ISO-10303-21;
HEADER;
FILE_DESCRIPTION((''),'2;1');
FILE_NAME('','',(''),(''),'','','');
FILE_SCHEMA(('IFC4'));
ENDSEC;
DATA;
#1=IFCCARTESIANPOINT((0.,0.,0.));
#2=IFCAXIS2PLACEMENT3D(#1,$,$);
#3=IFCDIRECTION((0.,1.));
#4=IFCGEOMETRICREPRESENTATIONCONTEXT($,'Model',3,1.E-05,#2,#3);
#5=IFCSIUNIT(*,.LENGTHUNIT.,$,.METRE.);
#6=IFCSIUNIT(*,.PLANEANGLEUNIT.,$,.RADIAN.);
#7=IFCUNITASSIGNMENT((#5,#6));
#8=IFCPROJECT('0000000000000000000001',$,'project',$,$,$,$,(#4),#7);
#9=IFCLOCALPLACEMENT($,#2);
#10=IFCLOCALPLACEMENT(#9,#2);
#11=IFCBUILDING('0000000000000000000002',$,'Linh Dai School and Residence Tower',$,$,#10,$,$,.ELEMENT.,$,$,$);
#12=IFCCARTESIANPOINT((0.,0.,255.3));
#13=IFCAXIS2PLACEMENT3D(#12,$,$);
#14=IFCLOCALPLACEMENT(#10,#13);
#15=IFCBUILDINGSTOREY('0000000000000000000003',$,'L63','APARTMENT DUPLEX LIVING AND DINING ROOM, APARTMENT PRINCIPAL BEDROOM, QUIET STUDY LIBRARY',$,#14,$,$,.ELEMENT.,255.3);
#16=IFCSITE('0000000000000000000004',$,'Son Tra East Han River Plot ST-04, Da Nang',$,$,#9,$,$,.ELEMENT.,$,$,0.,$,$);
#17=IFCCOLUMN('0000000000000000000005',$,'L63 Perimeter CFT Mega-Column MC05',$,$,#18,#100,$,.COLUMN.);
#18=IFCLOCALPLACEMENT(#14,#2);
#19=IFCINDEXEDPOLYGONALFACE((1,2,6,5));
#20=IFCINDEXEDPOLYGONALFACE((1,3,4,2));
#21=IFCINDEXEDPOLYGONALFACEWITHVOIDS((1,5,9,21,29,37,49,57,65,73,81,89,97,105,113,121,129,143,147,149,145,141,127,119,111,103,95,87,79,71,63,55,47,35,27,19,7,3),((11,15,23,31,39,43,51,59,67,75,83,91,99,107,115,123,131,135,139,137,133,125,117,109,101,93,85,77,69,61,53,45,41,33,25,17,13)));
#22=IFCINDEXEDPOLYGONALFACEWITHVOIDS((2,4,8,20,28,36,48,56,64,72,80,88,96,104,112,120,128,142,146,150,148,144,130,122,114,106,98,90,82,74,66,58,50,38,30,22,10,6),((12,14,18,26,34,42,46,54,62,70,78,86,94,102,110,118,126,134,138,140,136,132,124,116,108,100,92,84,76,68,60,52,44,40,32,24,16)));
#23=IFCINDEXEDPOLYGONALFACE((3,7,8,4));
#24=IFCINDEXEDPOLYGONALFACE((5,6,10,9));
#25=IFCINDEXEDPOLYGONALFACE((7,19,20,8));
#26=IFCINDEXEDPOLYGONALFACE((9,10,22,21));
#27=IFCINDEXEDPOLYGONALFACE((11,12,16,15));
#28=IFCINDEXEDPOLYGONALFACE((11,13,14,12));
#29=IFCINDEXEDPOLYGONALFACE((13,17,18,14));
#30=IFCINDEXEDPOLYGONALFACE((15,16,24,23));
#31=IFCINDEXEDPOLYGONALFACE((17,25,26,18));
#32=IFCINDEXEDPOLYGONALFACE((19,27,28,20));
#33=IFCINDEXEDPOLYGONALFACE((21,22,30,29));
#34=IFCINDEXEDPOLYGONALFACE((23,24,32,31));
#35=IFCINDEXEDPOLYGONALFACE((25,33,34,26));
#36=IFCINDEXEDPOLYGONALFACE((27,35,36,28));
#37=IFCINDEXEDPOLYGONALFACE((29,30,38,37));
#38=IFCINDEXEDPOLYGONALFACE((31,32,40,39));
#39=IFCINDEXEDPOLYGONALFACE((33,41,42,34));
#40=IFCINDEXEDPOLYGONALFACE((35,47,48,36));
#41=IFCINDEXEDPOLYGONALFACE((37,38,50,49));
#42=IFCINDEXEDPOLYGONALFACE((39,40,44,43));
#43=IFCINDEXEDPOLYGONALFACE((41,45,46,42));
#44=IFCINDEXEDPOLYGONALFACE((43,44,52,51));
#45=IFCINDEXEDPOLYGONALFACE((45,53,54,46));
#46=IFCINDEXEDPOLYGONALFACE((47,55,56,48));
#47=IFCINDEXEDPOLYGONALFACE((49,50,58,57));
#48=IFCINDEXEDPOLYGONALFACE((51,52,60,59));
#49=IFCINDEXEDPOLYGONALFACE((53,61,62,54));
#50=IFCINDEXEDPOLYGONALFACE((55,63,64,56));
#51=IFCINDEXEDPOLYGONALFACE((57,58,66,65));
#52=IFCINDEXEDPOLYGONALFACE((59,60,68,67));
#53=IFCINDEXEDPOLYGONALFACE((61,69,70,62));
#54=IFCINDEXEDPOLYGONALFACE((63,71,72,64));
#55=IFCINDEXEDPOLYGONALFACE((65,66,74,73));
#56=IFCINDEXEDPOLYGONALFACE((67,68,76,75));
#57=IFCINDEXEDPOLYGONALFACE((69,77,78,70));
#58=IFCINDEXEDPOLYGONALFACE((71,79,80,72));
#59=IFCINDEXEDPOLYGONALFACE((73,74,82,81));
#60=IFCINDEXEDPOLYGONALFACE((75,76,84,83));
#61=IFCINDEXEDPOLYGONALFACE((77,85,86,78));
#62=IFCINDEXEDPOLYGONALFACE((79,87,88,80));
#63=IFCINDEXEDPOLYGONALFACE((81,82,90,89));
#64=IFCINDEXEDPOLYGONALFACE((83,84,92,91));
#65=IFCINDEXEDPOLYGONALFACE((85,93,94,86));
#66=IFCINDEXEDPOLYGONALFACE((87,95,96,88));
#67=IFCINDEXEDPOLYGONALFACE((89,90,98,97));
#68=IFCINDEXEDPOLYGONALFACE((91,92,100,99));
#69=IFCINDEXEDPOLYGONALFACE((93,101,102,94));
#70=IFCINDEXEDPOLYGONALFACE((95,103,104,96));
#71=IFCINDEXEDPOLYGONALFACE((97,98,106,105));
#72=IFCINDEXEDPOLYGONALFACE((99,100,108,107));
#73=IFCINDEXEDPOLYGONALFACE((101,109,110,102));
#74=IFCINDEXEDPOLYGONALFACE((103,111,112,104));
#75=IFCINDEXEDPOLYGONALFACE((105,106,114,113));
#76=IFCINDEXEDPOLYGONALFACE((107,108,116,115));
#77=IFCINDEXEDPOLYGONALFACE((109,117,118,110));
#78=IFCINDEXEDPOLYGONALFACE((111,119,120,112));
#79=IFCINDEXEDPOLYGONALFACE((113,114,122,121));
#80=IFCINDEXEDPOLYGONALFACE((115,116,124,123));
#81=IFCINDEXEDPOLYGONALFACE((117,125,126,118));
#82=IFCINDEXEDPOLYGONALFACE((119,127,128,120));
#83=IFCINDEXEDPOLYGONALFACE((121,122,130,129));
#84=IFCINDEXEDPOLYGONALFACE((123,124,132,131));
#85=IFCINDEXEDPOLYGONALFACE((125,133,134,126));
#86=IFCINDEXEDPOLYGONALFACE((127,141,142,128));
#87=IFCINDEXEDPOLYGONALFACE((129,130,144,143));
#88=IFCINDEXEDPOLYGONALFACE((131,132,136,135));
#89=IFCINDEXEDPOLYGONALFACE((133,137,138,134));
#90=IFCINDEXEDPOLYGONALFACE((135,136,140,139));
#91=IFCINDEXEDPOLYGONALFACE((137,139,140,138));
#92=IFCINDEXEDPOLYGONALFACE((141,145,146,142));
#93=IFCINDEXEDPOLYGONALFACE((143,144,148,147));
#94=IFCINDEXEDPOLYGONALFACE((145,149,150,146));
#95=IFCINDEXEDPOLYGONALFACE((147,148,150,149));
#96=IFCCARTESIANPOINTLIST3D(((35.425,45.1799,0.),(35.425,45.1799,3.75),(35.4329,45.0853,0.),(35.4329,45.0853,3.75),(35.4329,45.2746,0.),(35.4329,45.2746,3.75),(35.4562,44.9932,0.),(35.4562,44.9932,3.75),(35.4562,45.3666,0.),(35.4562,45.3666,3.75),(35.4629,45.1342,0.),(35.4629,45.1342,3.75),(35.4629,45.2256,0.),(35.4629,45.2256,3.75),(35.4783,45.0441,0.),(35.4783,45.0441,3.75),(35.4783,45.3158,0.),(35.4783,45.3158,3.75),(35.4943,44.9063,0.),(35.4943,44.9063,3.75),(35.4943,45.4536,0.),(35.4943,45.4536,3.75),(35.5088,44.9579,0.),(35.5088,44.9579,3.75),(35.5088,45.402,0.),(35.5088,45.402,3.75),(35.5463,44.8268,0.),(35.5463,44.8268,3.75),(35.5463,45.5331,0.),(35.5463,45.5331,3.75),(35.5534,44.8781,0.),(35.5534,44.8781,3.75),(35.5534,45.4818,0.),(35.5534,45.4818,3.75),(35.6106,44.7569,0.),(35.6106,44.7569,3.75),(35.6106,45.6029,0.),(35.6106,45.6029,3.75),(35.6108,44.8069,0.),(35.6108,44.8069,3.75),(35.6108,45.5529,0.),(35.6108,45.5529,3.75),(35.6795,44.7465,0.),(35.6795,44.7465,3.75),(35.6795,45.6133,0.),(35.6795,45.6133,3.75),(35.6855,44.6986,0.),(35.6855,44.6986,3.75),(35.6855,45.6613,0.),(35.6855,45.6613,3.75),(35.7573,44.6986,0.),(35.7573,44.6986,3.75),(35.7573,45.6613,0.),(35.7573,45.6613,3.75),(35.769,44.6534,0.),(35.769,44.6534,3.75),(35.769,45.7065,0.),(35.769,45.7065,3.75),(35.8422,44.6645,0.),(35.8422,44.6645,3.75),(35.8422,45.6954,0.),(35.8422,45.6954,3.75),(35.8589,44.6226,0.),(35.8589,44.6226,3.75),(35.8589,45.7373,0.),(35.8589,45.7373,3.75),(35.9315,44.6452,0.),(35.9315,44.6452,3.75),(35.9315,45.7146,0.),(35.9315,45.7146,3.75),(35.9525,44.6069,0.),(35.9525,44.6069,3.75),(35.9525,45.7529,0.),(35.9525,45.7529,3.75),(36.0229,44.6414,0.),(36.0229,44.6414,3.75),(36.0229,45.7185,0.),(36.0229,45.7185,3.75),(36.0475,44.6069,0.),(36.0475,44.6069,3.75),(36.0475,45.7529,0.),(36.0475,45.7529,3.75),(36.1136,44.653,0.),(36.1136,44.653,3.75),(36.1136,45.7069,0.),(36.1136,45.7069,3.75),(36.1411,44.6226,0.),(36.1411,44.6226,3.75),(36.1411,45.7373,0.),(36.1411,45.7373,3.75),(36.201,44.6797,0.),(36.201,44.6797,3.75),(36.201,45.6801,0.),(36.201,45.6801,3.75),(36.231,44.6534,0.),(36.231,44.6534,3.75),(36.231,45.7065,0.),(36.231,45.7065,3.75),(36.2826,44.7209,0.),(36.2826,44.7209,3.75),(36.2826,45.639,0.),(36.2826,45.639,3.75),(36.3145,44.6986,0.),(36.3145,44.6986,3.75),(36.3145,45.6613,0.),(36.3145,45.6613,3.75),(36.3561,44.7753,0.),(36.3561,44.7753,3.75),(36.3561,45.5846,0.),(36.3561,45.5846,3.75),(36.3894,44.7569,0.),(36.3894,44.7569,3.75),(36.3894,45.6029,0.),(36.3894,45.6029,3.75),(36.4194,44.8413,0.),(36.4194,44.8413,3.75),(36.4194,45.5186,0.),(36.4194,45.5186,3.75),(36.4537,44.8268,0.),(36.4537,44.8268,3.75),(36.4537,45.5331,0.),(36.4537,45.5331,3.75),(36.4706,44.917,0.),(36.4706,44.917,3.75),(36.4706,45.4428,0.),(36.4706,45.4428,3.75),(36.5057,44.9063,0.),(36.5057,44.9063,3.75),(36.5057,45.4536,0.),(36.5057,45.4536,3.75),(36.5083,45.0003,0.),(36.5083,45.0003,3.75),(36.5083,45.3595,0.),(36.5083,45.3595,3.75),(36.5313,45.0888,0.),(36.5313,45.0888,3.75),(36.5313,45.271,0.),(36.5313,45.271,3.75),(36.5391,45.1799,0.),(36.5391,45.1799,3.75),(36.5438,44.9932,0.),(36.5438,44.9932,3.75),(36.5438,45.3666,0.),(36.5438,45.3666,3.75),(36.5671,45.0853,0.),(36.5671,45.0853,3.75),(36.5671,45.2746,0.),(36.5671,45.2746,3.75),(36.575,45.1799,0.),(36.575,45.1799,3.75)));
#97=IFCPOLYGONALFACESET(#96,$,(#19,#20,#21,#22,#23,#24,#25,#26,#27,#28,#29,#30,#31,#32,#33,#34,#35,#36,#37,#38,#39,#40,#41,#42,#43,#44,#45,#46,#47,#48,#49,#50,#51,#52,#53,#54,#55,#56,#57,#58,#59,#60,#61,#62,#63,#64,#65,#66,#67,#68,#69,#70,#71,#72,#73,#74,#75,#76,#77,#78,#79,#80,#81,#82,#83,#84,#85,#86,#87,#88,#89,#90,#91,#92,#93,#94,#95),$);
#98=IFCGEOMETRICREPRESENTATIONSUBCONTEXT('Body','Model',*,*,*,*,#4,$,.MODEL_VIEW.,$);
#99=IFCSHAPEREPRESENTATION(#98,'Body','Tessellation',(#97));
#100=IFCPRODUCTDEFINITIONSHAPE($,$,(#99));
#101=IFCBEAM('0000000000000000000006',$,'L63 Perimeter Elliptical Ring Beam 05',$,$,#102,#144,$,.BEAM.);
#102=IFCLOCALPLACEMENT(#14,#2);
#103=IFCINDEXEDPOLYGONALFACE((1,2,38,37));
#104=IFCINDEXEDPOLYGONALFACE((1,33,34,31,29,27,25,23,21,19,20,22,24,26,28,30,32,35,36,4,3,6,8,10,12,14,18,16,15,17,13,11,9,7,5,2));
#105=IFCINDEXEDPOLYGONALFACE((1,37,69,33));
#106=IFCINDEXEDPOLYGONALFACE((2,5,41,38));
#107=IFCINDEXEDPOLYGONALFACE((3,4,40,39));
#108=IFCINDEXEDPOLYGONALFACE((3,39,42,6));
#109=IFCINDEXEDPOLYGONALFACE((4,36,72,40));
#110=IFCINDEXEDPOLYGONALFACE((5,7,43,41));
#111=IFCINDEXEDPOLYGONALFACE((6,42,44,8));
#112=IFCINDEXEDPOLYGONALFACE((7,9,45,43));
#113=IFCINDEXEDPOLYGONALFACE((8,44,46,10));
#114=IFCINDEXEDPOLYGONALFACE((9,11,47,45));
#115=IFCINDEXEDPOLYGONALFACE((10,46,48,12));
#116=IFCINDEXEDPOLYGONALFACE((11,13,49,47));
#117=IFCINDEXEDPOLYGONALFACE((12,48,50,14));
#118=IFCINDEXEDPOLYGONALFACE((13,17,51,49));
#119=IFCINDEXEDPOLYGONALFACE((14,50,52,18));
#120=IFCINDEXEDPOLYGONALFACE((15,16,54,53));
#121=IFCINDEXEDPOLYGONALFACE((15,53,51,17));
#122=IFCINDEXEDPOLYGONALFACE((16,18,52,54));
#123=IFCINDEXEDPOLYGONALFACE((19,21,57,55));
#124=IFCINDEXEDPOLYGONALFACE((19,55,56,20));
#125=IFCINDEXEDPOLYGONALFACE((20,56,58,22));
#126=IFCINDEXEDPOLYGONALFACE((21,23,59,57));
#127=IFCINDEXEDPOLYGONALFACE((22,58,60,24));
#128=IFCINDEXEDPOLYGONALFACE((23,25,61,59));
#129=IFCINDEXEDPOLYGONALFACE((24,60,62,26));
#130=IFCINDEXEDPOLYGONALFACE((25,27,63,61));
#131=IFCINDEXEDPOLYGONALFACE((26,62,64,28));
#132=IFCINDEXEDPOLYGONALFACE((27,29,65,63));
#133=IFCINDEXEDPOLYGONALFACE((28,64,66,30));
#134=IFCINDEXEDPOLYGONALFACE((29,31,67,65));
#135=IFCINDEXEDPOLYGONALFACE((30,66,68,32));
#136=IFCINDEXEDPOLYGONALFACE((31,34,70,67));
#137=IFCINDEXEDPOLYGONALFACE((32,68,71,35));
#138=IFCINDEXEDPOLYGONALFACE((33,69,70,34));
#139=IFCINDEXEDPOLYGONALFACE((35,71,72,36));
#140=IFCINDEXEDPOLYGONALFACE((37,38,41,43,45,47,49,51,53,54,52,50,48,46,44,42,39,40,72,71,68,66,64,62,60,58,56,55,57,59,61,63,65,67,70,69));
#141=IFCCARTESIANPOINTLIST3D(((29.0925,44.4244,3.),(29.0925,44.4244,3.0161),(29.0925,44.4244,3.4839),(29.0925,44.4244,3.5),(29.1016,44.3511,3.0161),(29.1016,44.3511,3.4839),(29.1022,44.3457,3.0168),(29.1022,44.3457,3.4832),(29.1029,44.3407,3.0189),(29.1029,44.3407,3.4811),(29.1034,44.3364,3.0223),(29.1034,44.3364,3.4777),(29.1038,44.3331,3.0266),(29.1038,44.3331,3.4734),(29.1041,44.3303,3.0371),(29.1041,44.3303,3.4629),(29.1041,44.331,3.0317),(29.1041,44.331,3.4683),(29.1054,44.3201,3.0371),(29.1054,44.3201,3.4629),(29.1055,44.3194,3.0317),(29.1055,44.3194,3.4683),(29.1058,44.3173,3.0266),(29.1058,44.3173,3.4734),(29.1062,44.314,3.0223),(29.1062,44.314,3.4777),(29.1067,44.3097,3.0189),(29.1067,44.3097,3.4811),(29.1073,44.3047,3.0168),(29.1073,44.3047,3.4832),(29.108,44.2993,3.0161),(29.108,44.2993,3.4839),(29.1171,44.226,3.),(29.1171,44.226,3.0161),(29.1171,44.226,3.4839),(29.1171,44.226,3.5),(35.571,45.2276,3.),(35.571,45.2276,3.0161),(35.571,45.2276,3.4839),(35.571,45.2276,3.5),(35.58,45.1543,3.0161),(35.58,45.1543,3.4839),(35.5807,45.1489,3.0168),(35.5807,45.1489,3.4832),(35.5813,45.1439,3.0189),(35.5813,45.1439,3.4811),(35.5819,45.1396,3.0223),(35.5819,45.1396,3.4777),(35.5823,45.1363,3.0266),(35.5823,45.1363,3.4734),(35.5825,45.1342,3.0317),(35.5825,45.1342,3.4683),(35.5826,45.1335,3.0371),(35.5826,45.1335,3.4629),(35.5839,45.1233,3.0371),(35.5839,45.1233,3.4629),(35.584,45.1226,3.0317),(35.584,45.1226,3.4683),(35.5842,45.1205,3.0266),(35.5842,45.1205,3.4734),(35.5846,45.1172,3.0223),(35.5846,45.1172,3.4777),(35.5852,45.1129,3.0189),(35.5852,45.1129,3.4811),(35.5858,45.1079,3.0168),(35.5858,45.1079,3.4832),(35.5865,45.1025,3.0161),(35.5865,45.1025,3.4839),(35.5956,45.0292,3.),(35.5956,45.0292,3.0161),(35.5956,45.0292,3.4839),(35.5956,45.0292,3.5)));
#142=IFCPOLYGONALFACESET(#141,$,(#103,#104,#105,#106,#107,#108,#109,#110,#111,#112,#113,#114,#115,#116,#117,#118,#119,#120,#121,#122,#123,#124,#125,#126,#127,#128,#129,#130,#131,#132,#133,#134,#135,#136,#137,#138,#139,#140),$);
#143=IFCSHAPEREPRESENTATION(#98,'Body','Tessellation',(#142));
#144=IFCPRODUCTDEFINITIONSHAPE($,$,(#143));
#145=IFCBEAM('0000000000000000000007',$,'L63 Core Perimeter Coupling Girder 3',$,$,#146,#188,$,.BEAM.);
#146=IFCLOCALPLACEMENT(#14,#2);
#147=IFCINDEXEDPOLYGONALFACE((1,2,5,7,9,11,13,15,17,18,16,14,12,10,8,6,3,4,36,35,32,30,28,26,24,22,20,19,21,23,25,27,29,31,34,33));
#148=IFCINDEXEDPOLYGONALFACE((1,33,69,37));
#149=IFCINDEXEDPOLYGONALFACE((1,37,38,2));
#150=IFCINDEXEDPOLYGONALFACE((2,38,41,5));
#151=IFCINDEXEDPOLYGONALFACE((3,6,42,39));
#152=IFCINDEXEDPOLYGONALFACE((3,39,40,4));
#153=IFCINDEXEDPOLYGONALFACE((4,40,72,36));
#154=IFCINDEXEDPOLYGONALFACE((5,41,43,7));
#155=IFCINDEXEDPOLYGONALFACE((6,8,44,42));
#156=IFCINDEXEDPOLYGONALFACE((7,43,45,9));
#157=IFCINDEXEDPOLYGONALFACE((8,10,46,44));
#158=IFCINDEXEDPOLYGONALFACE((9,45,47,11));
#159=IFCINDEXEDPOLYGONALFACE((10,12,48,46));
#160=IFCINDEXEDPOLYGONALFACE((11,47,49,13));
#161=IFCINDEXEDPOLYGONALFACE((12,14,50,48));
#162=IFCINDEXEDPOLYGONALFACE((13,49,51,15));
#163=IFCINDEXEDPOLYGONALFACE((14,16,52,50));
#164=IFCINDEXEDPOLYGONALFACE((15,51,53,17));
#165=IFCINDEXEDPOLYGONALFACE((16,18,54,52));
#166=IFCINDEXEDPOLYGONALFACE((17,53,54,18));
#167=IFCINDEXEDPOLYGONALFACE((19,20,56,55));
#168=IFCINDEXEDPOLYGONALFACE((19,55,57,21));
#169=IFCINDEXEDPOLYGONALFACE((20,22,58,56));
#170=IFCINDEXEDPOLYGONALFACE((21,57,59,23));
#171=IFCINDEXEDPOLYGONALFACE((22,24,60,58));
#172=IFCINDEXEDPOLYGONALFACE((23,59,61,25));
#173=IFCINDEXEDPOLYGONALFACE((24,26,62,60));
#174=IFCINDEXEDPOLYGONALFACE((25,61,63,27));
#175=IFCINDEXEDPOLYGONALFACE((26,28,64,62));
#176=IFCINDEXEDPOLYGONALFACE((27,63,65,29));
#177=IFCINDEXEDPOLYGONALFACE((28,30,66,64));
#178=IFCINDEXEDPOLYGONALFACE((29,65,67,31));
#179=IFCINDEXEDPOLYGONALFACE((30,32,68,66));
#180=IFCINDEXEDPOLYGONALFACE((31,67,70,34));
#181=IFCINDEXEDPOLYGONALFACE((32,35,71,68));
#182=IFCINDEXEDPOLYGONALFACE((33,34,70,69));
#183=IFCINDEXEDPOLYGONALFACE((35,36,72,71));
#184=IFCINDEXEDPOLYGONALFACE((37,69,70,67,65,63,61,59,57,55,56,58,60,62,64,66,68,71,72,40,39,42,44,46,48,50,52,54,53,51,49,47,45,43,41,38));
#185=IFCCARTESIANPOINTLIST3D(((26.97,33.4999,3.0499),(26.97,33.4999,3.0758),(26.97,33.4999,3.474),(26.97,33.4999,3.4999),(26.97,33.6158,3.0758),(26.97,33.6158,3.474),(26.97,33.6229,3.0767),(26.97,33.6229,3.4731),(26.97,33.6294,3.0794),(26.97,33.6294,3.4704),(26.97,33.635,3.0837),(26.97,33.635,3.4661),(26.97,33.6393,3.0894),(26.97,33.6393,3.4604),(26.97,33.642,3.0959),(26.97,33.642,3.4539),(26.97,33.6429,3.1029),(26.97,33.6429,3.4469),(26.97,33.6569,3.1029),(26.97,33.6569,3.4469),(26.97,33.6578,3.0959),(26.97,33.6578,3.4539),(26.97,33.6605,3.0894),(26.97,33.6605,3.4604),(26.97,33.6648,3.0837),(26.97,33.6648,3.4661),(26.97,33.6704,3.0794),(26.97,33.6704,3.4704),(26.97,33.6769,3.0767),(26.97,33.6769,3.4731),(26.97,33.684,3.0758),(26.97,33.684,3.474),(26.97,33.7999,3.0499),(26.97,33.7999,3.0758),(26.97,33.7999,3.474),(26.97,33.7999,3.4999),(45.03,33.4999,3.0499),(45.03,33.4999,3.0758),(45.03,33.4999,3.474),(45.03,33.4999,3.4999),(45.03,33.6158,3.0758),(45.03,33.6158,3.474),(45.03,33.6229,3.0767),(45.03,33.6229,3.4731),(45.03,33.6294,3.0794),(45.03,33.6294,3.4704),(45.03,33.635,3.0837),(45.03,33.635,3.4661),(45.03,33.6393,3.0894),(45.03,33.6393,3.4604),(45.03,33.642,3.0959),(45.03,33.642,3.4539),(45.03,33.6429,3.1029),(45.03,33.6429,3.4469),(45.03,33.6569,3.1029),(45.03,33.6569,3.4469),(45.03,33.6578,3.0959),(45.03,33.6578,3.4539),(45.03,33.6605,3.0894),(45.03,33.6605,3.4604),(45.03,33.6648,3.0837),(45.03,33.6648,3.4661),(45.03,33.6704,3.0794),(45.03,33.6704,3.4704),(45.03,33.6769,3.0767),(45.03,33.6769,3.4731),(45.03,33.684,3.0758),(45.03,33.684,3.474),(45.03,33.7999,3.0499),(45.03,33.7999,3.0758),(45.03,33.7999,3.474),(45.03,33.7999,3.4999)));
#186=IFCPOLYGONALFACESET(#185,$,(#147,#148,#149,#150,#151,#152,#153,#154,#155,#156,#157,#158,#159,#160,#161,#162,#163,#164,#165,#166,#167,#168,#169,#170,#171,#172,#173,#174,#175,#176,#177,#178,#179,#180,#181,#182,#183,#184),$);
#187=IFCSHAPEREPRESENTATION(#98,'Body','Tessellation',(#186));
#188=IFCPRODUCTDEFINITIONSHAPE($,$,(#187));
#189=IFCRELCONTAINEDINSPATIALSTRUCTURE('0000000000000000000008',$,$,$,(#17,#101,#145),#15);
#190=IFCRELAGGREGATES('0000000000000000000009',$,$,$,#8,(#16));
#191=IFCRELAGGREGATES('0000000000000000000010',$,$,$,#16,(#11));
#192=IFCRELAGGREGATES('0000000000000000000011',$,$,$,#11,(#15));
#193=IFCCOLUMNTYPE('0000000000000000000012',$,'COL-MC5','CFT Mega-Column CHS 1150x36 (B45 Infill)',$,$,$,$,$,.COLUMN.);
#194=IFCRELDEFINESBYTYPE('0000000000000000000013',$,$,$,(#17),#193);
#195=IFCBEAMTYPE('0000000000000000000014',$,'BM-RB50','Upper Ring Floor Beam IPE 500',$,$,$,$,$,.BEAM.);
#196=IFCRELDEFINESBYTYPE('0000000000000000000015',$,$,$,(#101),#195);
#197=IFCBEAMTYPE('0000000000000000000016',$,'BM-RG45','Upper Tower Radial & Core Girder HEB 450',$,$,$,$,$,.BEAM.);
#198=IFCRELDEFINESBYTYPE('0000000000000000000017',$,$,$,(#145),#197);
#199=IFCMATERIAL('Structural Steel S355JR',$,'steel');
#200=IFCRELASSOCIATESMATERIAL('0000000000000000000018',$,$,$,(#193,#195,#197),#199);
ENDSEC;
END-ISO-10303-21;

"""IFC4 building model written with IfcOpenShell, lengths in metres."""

from ifc_helpers import new_model, si_unit, direction, frame, origin, origin_2d, place, context, subcontext, project, spatial, hollow_circle, i_section, extrude, material, material_profile, profile_set, type_object, element, save


model = new_model("IFC4")

# Units and contexts
model_context = context("Model", 3, precision=1e-05, world=origin(), true_north=direction((0.0, 1.0)))
body_context = subcontext(model_context, "Body", "Model", "MODEL_VIEW")
ifc_project = project(units=[si_unit("LENGTHUNIT", "METRE"), si_unit("PLANEANGLEUNIT", "RADIAN")], contexts=[model_context])

# Site, building, storey
site_placement = place(None, origin())
site = spatial("IfcSite", under=ifc_project, at=site_placement, Name="Son Tra East Han River Plot ST-04, Da Nang", CompositionType="ELEMENT", RefElevation=0.0)
building_placement = place(site_placement, origin())
building = spatial("IfcBuilding", under=site, at=building_placement, Name="Linh Dai School and Residence Tower", CompositionType="ELEMENT")
storey_placement = place(building_placement, frame((0.0, 0.0, 255.3)))
storey = spatial("IfcBuildingStorey", under=building, at=storey_placement, Name="L63", Description="APARTMENT DUPLEX LIVING AND DINING ROOM, APARTMENT PRINCIPAL BEDROOM, QUIET STUDY LIBRARY", CompositionType="ELEMENT", Elevation=255.3)

# Column
ifc_material_1 = material(Name="Structural Steel S355JR", Category="steel")
ifc_material_profile_1 = material_profile(ifc_material_1, hollow_circle(Radius=0.575, WallThickness=0.0359, at=origin_2d()), Name="CHS 1150x36")
ifc_profile_set_1 = profile_set([ifc_material_profile_1], Name="Structural Steel S355JR")
column_type = type_object("IfcColumnType", Name="COL-MC5", Description="CFT Mega-Column CHS 1150x36 (B45 Infill)", PredefinedType="COLUMN", material=ifc_profile_set_1)
column_placement = place(storey_placement, frame((36.0, 45.1799, 0.0), z_axis=(0.0, 0.0, 1.0), x_axis=(1.0, 0.0, 0.0)))
element("IfcColumn", 1, at=column_placement, inside=storey, type_object=column_type, Name="L63 Perimeter CFT Mega-Column MC05", PredefinedType="COLUMN", context=body_context, shape_type="SweptSolid", body=[
    extrude(hollow_circle(Radius=0.575, WallThickness=0.0359, at=origin_2d()), origin(), (0.0, 0.0, 1.0), 3.75),
])

# Beams
ifc_material_profile_2 = material_profile(ifc_material_1, i_section(OverallWidth=0.2, OverallDepth=0.5, WebThickness=0.0103, FlangeThickness=0.0161, FilletRadius=0.021, at=origin_2d()), Name="IPE 500")
ifc_profile_set_2 = profile_set([ifc_material_profile_2], Name="Structural Steel S355JR")
beam_type_1 = type_object("IfcBeamType", Name="BM-RB50", Description="Upper Ring Floor Beam IPE 500", PredefinedType="BEAM", material=ifc_profile_set_2)
beam_1_placement = place(storey_placement, frame((35.5833, 45.1284, 3.25), z_axis=(-0.992402, -0.12304, 0.0), x_axis=(0.12304, -0.992402, 0.0)))
element("IfcBeam", 2, at=beam_1_placement, inside=storey, type_object=beam_type_1, Name="L63 Perimeter Elliptical Ring Beam 05", PredefinedType="BEAM", context=body_context, shape_type="SweptSolid", body=[
    extrude(i_section(OverallWidth=0.2, OverallDepth=0.5, WebThickness=0.0103, FlangeThickness=0.0161, FilletRadius=0.021, at=origin_2d()), origin(), (0.0, 0.0, 1.0), 6.5281),
])
ifc_material_profile_3 = material_profile(ifc_material_1, i_section(OverallWidth=0.3, OverallDepth=0.45, WebThickness=0.0139, FlangeThickness=0.0259, FilletRadius=0.0271, at=origin_2d()), Name="HEB 450")
ifc_profile_set_3 = profile_set([ifc_material_profile_3], Name="Structural Steel S355JR")
beam_type_2 = type_object("IfcBeamType", Name="BM-RG45", Description="Upper Tower Radial & Core Girder HEB 450", PredefinedType="BEAM", material=ifc_profile_set_3)
beam_2_placement = place(storey_placement, frame((45.03, 33.6499, 3.2749), z_axis=(-1.0, 0.0, 0.0), x_axis=(0.0, -1.0, 0.0)))
element("IfcBeam", 3, at=beam_2_placement, inside=storey, type_object=beam_type_2, Name="L63 Core Perimeter Coupling Girder 3", PredefinedType="BEAM", context=body_context, shape_type="SweptSolid", body=[
    extrude(i_section(OverallWidth=0.3, OverallDepth=0.45, WebThickness=0.0139, FlangeThickness=0.0259, FilletRadius=0.0271, at=origin_2d()), origin(), (0.0, 0.0, 1.0), 18.0601),
])

save(model, "model.ifc")
